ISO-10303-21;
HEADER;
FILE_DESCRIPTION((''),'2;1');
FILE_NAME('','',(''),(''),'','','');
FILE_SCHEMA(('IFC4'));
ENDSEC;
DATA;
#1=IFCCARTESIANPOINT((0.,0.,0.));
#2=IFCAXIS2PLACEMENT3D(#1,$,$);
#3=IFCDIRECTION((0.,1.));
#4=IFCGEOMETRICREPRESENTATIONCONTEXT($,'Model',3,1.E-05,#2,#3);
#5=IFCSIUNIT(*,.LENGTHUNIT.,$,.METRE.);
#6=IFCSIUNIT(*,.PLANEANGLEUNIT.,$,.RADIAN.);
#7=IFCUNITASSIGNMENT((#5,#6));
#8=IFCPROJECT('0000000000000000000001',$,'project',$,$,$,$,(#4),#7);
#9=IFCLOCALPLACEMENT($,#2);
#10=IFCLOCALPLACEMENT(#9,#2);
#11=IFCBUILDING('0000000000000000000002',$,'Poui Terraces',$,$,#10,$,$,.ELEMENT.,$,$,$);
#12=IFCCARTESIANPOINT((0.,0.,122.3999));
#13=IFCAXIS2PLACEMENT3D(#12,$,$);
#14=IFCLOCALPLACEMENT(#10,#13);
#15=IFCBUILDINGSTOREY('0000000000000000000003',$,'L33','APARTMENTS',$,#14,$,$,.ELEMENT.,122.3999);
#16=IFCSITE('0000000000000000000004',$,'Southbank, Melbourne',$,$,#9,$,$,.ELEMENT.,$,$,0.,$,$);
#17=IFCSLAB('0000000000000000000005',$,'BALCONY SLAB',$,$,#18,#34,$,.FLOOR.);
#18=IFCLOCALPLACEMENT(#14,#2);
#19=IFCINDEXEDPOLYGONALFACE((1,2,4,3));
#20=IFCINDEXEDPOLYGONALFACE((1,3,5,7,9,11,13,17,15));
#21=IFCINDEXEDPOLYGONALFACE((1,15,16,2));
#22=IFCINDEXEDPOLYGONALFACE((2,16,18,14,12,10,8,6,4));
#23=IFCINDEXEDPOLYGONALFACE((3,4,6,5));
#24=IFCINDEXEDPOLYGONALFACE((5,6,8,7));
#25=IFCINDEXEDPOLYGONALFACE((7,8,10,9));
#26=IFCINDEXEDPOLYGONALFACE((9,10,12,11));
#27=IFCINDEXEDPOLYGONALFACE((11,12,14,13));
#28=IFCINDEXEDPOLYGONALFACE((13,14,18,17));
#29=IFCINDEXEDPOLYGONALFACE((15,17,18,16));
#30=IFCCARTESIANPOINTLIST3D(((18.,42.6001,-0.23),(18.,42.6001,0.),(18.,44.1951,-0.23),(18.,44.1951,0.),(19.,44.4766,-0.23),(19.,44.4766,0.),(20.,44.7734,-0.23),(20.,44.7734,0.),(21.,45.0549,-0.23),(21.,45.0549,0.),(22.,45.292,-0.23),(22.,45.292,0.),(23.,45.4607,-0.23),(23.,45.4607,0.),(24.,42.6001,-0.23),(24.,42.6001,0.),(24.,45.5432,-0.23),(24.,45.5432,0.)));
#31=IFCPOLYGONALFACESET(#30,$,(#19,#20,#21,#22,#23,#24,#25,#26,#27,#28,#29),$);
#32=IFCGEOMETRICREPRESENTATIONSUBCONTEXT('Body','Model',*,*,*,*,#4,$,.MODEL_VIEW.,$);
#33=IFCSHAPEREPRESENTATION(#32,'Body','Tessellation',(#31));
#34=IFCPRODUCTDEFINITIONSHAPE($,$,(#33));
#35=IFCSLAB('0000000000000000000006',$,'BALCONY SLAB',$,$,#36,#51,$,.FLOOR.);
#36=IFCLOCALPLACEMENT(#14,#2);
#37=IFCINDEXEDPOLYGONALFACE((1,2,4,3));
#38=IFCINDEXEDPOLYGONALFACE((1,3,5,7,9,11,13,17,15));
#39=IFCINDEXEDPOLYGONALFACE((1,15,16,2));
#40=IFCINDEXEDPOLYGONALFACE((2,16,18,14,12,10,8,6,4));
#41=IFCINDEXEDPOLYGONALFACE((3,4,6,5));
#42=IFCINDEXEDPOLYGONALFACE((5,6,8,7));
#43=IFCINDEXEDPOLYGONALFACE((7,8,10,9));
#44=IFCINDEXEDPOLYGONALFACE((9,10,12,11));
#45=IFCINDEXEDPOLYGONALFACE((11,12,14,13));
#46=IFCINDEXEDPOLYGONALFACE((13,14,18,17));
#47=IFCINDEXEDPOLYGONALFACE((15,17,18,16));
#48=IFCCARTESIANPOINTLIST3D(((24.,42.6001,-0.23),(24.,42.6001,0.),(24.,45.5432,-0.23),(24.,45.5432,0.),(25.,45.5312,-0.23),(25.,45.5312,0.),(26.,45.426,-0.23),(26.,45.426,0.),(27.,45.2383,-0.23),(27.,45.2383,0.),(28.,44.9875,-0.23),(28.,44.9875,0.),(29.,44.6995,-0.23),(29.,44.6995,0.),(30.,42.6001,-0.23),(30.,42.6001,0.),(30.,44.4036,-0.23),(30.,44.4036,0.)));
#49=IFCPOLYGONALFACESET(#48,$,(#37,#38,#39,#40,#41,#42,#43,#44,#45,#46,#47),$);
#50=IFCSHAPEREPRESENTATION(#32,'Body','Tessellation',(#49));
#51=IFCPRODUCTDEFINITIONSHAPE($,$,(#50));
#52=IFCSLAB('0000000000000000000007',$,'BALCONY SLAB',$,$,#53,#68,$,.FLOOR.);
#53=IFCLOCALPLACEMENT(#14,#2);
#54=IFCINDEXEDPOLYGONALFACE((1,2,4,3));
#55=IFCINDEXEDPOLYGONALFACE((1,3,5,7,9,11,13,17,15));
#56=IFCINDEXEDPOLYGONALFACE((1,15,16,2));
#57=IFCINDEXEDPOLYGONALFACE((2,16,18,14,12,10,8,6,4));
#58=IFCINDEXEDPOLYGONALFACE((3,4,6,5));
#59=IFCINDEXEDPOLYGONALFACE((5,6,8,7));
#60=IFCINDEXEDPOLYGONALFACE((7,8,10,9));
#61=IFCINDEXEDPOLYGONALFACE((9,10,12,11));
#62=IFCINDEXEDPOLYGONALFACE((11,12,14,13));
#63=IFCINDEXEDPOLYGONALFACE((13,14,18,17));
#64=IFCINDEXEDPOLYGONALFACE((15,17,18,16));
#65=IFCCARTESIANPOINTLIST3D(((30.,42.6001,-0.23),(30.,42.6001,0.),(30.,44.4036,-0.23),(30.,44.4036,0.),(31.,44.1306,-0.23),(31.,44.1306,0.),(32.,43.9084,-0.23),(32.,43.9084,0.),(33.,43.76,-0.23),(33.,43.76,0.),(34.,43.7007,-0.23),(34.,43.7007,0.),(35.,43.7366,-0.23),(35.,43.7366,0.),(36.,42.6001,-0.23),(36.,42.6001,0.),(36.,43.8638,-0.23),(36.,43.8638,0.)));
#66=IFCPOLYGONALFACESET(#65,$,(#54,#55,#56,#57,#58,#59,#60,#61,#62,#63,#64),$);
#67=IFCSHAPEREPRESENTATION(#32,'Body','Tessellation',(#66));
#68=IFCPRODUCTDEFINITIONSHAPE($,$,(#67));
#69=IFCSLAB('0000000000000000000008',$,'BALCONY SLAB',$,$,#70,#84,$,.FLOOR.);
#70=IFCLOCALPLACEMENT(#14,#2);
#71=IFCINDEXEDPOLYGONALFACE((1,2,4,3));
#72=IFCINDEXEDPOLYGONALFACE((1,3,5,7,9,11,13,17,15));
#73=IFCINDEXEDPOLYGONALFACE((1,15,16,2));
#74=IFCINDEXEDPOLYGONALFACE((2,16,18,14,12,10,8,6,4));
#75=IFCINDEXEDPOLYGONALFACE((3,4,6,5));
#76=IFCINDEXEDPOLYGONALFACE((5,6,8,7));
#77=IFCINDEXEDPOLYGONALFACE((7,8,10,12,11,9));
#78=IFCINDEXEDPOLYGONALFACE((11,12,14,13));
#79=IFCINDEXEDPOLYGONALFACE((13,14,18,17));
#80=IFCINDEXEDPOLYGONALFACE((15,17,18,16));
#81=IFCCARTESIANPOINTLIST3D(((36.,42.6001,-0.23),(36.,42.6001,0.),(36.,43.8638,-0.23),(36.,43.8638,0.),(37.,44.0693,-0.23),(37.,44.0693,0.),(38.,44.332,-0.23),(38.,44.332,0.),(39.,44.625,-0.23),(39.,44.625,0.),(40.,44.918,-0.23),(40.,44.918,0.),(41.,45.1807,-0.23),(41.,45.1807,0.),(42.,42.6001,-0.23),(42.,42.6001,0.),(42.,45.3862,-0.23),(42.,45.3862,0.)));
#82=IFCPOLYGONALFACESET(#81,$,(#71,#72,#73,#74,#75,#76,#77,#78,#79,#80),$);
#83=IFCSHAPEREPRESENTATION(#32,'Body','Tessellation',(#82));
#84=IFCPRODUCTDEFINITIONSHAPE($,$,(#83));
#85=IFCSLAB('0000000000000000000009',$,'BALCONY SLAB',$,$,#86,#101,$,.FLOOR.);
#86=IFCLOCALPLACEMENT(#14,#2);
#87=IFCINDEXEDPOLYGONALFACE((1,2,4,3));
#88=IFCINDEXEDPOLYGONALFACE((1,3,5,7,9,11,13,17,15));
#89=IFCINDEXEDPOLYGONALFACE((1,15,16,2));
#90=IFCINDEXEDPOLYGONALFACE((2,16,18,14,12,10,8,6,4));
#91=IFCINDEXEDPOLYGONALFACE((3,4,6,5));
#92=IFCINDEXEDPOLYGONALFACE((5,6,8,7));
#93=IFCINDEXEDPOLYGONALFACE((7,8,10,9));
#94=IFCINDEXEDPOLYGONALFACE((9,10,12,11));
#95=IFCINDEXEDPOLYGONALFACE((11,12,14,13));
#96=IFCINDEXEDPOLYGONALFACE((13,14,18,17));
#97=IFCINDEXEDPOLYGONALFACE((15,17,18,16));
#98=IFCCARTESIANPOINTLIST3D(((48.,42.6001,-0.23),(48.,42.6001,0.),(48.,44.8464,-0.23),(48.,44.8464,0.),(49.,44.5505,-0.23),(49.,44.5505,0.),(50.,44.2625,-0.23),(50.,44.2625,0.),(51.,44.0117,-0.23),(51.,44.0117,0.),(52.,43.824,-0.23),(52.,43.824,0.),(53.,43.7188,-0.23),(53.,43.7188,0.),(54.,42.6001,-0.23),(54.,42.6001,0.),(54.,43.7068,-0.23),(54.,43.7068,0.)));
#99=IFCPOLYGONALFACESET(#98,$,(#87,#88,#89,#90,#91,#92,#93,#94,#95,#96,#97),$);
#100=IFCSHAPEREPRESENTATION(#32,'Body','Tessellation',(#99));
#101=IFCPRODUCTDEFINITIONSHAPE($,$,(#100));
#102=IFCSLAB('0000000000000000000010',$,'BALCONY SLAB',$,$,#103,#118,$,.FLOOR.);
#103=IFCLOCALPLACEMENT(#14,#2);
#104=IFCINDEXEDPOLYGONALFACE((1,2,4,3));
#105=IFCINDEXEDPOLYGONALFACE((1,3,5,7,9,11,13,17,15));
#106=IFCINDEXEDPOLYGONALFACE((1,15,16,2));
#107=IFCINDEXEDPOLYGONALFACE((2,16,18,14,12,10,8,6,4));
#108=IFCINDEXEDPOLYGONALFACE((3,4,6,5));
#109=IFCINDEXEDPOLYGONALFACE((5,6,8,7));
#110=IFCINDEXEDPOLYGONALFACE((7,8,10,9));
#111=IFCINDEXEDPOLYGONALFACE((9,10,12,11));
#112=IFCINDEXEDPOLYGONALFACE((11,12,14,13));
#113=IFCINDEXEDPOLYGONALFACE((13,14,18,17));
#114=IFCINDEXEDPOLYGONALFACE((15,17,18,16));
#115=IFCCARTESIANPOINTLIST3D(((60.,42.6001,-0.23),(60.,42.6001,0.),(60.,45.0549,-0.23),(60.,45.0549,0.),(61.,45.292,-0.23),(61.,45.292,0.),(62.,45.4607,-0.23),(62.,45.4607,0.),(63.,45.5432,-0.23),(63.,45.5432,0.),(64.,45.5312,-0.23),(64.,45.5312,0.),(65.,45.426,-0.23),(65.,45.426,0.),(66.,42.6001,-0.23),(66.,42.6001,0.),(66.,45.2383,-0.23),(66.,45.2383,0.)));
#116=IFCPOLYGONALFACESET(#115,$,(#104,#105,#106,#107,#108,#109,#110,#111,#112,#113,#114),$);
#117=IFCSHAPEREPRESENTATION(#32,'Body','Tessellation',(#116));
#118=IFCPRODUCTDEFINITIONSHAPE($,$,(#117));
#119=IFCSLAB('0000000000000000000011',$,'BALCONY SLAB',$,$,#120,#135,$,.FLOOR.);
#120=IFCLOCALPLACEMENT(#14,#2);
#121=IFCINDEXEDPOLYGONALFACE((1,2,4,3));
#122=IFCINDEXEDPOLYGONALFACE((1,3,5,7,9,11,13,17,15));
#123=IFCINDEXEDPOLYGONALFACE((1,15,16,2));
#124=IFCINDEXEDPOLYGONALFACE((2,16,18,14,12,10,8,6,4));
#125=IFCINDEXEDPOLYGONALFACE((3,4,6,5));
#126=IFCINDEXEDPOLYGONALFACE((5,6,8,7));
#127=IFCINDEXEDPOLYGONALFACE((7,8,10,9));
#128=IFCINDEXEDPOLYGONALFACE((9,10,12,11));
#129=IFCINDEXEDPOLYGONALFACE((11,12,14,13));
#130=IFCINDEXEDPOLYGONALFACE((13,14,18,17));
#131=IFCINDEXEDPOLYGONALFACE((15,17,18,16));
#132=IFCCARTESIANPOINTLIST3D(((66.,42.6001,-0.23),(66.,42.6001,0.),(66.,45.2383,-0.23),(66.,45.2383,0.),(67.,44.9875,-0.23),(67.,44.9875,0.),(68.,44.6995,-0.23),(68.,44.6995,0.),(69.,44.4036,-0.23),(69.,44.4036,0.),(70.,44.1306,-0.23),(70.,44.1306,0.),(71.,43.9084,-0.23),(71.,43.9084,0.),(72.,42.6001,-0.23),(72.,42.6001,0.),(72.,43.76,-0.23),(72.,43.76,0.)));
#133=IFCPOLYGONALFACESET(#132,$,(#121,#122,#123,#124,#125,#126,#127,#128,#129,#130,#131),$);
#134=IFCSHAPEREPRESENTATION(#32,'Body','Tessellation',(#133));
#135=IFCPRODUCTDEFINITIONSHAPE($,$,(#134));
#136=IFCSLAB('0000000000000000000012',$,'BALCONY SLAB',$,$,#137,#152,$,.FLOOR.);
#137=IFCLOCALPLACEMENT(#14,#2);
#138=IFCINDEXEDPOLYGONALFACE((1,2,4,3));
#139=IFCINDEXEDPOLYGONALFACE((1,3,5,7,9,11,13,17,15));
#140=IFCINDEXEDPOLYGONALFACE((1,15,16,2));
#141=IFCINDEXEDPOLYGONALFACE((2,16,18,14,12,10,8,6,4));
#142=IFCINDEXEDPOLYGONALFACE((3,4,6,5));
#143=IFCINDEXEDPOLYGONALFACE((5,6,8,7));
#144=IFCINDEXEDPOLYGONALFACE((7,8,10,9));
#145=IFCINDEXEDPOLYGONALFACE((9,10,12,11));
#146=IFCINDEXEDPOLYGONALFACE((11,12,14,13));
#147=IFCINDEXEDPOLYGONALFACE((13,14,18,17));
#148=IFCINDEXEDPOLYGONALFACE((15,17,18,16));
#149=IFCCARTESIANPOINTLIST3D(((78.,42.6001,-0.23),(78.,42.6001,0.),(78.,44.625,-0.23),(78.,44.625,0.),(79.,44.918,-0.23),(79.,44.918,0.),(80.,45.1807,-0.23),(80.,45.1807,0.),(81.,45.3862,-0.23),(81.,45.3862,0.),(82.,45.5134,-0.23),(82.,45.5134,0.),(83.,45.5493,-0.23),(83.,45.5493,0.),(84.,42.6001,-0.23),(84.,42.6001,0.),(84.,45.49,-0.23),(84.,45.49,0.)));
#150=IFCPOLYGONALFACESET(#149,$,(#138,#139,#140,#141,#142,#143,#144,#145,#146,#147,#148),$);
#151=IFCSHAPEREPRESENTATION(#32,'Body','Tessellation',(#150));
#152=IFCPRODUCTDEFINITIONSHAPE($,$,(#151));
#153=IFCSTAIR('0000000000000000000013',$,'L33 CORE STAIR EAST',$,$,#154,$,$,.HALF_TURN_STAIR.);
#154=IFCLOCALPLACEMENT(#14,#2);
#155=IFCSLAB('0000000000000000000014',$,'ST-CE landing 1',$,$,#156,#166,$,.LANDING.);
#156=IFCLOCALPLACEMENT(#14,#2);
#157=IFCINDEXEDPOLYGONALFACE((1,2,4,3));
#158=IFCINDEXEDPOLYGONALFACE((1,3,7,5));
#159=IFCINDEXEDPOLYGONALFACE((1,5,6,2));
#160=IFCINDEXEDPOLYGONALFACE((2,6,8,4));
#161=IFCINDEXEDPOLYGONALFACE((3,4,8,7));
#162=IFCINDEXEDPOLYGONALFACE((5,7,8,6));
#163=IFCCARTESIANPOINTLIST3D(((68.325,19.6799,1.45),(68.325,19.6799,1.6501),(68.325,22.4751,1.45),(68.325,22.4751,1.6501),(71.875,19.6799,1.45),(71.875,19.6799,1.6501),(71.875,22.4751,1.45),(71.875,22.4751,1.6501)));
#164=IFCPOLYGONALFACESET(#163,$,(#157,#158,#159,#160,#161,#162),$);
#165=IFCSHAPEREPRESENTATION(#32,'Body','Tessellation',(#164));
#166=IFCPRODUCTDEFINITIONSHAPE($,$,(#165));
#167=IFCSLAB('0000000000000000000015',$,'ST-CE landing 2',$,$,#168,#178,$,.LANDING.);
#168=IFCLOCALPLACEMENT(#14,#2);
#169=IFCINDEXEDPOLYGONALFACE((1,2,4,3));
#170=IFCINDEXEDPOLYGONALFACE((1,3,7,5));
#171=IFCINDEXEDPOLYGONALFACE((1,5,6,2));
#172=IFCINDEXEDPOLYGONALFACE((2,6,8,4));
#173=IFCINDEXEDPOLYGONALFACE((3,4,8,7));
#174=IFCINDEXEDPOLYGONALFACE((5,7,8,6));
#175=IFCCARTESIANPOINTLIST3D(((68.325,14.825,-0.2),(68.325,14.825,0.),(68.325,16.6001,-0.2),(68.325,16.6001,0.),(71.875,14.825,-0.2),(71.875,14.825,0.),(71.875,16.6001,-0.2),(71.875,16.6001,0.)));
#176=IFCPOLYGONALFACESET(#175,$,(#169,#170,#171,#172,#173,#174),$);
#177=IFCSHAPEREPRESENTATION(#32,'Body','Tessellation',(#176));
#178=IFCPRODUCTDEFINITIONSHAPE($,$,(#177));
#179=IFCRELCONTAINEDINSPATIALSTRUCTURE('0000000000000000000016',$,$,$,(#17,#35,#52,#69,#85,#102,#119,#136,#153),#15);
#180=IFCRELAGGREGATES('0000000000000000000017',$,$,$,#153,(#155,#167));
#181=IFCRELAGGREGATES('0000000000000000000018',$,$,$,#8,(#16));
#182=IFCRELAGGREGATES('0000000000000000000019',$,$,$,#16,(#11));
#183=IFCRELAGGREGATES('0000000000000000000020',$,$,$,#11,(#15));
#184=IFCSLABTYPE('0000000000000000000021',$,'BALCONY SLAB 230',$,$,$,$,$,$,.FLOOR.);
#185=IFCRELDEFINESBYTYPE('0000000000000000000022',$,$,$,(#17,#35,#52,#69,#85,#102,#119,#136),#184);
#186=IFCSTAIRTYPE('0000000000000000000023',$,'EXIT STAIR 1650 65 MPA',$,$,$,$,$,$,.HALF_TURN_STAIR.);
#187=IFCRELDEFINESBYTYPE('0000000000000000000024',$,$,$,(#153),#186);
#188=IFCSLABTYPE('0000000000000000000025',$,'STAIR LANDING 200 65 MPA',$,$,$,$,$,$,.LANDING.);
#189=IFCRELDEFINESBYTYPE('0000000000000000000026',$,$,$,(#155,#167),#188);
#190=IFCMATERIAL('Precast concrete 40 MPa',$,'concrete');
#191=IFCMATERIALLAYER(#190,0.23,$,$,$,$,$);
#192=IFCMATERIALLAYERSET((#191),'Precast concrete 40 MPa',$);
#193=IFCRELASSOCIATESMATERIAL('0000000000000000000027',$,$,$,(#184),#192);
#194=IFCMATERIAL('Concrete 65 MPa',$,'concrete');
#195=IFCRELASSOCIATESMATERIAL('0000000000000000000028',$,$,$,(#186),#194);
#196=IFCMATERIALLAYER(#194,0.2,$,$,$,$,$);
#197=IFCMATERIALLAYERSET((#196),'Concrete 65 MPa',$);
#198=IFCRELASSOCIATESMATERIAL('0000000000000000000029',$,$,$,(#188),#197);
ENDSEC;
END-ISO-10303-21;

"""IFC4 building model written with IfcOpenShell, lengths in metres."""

from ifc_helpers import new_model, si_unit, direction, frame, origin, place, context, subcontext, project, spatial, polyline, outline, extrude, material, layer, layer_set, type_object, element, aggregate, save


model = new_model("IFC4")

# Units and contexts
model_context = context("Model", 3, precision=1e-05, world=origin(), true_north=direction((0.0, 1.0)))
body_context = subcontext(model_context, "Body", "Model", "MODEL_VIEW")
ifc_project = project(units=[si_unit("LENGTHUNIT", "METRE"), si_unit("PLANEANGLEUNIT", "RADIAN")], contexts=[model_context])

# Site, building, storey
site_placement = place(None, origin())
site = spatial("IfcSite", under=ifc_project, at=site_placement, Name="Southbank, Melbourne", CompositionType="ELEMENT", RefElevation=0.0)
building_placement = place(site_placement, origin())
building = spatial("IfcBuilding", under=site, at=building_placement, Name="Poui Terraces", CompositionType="ELEMENT")
storey_placement = place(building_placement, frame((0.0, 0.0, 122.3999)))
storey = spatial("IfcBuildingStorey", under=building, at=storey_placement, Name="L33", Description="APARTMENTS", CompositionType="ELEMENT", Elevation=122.3999)

# Slabs
ifc_material_1 = material(Name="Precast concrete 40 MPa", Category="concrete")
ifc_layer_1 = layer(ifc_material_1, 0.23)
ifc_layer_set_1 = layer_set([ifc_layer_1], Name="Precast concrete 40 MPa")
slab_type_1 = type_object("IfcSlabType", Name="BALCONY SLAB 230", PredefinedType="FLOOR", material=ifc_layer_set_1)
slab_1_placement = place(storey_placement, frame((0.0, 0.0, -0.23)))
element("IfcSlab", 1, at=slab_1_placement, inside=storey, type_object=slab_type_1, Name="BALCONY SLAB", PredefinedType="FLOOR", context=body_context, shape_type="SweptSolid", body=[
    extrude(outline(polyline([(18.0, 42.6001), (24.0, 42.6001), (24.0, 45.5432), (23.0, 45.4607), (22.0, 45.292), (21.0, 45.0549), (20.0, 44.7734), (19.0, 44.4766), (18.0, 44.1951), (18.0, 42.6001)])), origin(), (0.0, 0.0, 1.0), 0.23),
])
slab_2_placement = place(storey_placement, frame((0.0, 0.0, -0.23)))
element("IfcSlab", 2, at=slab_2_placement, inside=storey, type_object=slab_type_1, Name="BALCONY SLAB", PredefinedType="FLOOR", context=body_context, shape_type="SweptSolid", body=[
    extrude(outline(polyline([(24.0, 42.6001), (30.0, 42.6001), (30.0, 44.4036), (29.0, 44.6995), (28.0, 44.9875), (27.0, 45.2383), (26.0, 45.426), (25.0, 45.5312), (24.0, 45.5432), (24.0, 42.6001)])), origin(), (0.0, 0.0, 1.0), 0.23),
])
slab_3_placement = place(storey_placement, frame((0.0, 0.0, -0.23)))
element("IfcSlab", 3, at=slab_3_placement, inside=storey, type_object=slab_type_1, Name="BALCONY SLAB", PredefinedType="FLOOR", context=body_context, shape_type="SweptSolid", body=[
    extrude(outline(polyline([(30.0, 42.6001), (36.0, 42.6001), (36.0, 43.8638), (35.0, 43.7366), (34.0, 43.7007), (33.0, 43.76), (32.0, 43.9084), (31.0, 44.1306), (30.0, 44.4036), (30.0, 42.6001)])), origin(), (0.0, 0.0, 1.0), 0.23),
])
slab_4_placement = place(storey_placement, frame((0.0, 0.0, -0.23)))
element("IfcSlab", 4, at=slab_4_placement, inside=storey, type_object=slab_type_1, Name="BALCONY SLAB", PredefinedType="FLOOR", context=body_context, shape_type="SweptSolid", body=[
    extrude(outline(polyline([(36.0, 42.6001), (42.0, 42.6001), (42.0, 45.3862), (41.0, 45.1807), (40.0, 44.918), (39.0, 44.625), (38.0, 44.332), (37.0, 44.0693), (36.0, 43.8638), (36.0, 42.6001)])), origin(), (0.0, 0.0, 1.0), 0.23),
])
slab_5_placement = place(storey_placement, frame((0.0, 0.0, -0.23)))
element("IfcSlab", 5, at=slab_5_placement, inside=storey, type_object=slab_type_1, Name="BALCONY SLAB", PredefinedType="FLOOR", context=body_context, shape_type="SweptSolid", body=[
    extrude(outline(polyline([(48.0, 42.6001), (54.0, 42.6001), (54.0, 43.7068), (53.0, 43.7188), (52.0, 43.824), (51.0, 44.0117), (50.0, 44.2625), (49.0, 44.5505), (48.0, 44.8464), (48.0, 42.6001)])), origin(), (0.0, 0.0, 1.0), 0.23),
])
slab_6_placement = place(storey_placement, frame((0.0, 0.0, -0.23)))
element("IfcSlab", 6, at=slab_6_placement, inside=storey, type_object=slab_type_1, Name="BALCONY SLAB", PredefinedType="FLOOR", context=body_context, shape_type="SweptSolid", body=[
    extrude(outline(polyline([(60.0, 42.6001), (66.0, 42.6001), (66.0, 45.2383), (65.0, 45.426), (64.0, 45.5312), (63.0, 45.5432), (62.0, 45.4607), (61.0, 45.292), (60.0, 45.0549), (60.0, 42.6001)])), origin(), (0.0, 0.0, 1.0), 0.23),
])
slab_7_placement = place(storey_placement, frame((0.0, 0.0, -0.23)))
element("IfcSlab", 7, at=slab_7_placement, inside=storey, type_object=slab_type_1, Name="BALCONY SLAB", PredefinedType="FLOOR", context=body_context, shape_type="SweptSolid", body=[
    extrude(outline(polyline([(66.0, 42.6001), (72.0, 42.6001), (72.0, 43.76), (71.0, 43.9084), (70.0, 44.1306), (69.0, 44.4036), (68.0, 44.6995), (67.0, 44.9875), (66.0, 45.2383), (66.0, 42.6001)])), origin(), (0.0, 0.0, 1.0), 0.23),
])
slab_8_placement = place(storey_placement, frame((0.0, 0.0, -0.23)))
element("IfcSlab", 8, at=slab_8_placement, inside=storey, type_object=slab_type_1, Name="BALCONY SLAB", PredefinedType="FLOOR", context=body_context, shape_type="SweptSolid", body=[
    extrude(outline(polyline([(78.0, 42.6001), (84.0, 42.6001), (84.0, 45.49), (83.0, 45.5493), (82.0, 45.5134), (81.0, 45.3862), (80.0, 45.1807), (79.0, 44.918), (78.0, 44.625), (78.0, 42.6001)])), origin(), (0.0, 0.0, 1.0), 0.23),
])

# Stair, slabs
ifc_material_2 = material(Name="Concrete 65 MPa", Category="concrete")
stair_type = type_object("IfcStairType", Name="EXIT STAIR 1650 65 MPA", PredefinedType="HALF_TURN_STAIR", material=ifc_material_2)
stair_placement = place(storey_placement, origin())
stair = element("IfcStair", 9, at=stair_placement, inside=storey, type_object=stair_type, Name="L33 CORE STAIR EAST", PredefinedType="HALF_TURN_STAIR")
ifc_layer_2 = layer(ifc_material_2, 0.2)
ifc_layer_set_2 = layer_set([ifc_layer_2], Name="Concrete 65 MPa")
slab_type_2 = type_object("IfcSlabType", Name="STAIR LANDING 200 65 MPA", PredefinedType="LANDING", material=ifc_layer_set_2)
slab_9_placement = place(storey_placement, frame((0.0, 0.0, 1.45)))
slab_9 = element("IfcSlab", 10, at=slab_9_placement, type_object=slab_type_2, Name="ST-CE landing 1", PredefinedType="LANDING", context=body_context, shape_type="SweptSolid", body=[
    extrude(outline(polyline([(68.325, 19.6799), (71.875, 19.6799), (71.875, 22.4751), (68.325, 22.4751), (68.325, 19.6799)])), origin(), (0.0, 0.0, 1.0), 0.2002),
])
slab_10_placement = place(storey_placement, frame((0.0, 0.0, -0.2)))
slab_10 = element("IfcSlab", 11, at=slab_10_placement, type_object=slab_type_2, Name="ST-CE landing 2", PredefinedType="LANDING", context=body_context, shape_type="SweptSolid", body=[
    extrude(outline(polyline([(68.325, 14.825), (71.875, 14.825), (71.875, 16.6001), (68.325, 16.6001), (68.325, 14.825)])), origin(), (0.0, 0.0, 1.0), 0.2),
])
aggregate(stair, [slab_9, slab_10])

save(model, "model.ifc")
